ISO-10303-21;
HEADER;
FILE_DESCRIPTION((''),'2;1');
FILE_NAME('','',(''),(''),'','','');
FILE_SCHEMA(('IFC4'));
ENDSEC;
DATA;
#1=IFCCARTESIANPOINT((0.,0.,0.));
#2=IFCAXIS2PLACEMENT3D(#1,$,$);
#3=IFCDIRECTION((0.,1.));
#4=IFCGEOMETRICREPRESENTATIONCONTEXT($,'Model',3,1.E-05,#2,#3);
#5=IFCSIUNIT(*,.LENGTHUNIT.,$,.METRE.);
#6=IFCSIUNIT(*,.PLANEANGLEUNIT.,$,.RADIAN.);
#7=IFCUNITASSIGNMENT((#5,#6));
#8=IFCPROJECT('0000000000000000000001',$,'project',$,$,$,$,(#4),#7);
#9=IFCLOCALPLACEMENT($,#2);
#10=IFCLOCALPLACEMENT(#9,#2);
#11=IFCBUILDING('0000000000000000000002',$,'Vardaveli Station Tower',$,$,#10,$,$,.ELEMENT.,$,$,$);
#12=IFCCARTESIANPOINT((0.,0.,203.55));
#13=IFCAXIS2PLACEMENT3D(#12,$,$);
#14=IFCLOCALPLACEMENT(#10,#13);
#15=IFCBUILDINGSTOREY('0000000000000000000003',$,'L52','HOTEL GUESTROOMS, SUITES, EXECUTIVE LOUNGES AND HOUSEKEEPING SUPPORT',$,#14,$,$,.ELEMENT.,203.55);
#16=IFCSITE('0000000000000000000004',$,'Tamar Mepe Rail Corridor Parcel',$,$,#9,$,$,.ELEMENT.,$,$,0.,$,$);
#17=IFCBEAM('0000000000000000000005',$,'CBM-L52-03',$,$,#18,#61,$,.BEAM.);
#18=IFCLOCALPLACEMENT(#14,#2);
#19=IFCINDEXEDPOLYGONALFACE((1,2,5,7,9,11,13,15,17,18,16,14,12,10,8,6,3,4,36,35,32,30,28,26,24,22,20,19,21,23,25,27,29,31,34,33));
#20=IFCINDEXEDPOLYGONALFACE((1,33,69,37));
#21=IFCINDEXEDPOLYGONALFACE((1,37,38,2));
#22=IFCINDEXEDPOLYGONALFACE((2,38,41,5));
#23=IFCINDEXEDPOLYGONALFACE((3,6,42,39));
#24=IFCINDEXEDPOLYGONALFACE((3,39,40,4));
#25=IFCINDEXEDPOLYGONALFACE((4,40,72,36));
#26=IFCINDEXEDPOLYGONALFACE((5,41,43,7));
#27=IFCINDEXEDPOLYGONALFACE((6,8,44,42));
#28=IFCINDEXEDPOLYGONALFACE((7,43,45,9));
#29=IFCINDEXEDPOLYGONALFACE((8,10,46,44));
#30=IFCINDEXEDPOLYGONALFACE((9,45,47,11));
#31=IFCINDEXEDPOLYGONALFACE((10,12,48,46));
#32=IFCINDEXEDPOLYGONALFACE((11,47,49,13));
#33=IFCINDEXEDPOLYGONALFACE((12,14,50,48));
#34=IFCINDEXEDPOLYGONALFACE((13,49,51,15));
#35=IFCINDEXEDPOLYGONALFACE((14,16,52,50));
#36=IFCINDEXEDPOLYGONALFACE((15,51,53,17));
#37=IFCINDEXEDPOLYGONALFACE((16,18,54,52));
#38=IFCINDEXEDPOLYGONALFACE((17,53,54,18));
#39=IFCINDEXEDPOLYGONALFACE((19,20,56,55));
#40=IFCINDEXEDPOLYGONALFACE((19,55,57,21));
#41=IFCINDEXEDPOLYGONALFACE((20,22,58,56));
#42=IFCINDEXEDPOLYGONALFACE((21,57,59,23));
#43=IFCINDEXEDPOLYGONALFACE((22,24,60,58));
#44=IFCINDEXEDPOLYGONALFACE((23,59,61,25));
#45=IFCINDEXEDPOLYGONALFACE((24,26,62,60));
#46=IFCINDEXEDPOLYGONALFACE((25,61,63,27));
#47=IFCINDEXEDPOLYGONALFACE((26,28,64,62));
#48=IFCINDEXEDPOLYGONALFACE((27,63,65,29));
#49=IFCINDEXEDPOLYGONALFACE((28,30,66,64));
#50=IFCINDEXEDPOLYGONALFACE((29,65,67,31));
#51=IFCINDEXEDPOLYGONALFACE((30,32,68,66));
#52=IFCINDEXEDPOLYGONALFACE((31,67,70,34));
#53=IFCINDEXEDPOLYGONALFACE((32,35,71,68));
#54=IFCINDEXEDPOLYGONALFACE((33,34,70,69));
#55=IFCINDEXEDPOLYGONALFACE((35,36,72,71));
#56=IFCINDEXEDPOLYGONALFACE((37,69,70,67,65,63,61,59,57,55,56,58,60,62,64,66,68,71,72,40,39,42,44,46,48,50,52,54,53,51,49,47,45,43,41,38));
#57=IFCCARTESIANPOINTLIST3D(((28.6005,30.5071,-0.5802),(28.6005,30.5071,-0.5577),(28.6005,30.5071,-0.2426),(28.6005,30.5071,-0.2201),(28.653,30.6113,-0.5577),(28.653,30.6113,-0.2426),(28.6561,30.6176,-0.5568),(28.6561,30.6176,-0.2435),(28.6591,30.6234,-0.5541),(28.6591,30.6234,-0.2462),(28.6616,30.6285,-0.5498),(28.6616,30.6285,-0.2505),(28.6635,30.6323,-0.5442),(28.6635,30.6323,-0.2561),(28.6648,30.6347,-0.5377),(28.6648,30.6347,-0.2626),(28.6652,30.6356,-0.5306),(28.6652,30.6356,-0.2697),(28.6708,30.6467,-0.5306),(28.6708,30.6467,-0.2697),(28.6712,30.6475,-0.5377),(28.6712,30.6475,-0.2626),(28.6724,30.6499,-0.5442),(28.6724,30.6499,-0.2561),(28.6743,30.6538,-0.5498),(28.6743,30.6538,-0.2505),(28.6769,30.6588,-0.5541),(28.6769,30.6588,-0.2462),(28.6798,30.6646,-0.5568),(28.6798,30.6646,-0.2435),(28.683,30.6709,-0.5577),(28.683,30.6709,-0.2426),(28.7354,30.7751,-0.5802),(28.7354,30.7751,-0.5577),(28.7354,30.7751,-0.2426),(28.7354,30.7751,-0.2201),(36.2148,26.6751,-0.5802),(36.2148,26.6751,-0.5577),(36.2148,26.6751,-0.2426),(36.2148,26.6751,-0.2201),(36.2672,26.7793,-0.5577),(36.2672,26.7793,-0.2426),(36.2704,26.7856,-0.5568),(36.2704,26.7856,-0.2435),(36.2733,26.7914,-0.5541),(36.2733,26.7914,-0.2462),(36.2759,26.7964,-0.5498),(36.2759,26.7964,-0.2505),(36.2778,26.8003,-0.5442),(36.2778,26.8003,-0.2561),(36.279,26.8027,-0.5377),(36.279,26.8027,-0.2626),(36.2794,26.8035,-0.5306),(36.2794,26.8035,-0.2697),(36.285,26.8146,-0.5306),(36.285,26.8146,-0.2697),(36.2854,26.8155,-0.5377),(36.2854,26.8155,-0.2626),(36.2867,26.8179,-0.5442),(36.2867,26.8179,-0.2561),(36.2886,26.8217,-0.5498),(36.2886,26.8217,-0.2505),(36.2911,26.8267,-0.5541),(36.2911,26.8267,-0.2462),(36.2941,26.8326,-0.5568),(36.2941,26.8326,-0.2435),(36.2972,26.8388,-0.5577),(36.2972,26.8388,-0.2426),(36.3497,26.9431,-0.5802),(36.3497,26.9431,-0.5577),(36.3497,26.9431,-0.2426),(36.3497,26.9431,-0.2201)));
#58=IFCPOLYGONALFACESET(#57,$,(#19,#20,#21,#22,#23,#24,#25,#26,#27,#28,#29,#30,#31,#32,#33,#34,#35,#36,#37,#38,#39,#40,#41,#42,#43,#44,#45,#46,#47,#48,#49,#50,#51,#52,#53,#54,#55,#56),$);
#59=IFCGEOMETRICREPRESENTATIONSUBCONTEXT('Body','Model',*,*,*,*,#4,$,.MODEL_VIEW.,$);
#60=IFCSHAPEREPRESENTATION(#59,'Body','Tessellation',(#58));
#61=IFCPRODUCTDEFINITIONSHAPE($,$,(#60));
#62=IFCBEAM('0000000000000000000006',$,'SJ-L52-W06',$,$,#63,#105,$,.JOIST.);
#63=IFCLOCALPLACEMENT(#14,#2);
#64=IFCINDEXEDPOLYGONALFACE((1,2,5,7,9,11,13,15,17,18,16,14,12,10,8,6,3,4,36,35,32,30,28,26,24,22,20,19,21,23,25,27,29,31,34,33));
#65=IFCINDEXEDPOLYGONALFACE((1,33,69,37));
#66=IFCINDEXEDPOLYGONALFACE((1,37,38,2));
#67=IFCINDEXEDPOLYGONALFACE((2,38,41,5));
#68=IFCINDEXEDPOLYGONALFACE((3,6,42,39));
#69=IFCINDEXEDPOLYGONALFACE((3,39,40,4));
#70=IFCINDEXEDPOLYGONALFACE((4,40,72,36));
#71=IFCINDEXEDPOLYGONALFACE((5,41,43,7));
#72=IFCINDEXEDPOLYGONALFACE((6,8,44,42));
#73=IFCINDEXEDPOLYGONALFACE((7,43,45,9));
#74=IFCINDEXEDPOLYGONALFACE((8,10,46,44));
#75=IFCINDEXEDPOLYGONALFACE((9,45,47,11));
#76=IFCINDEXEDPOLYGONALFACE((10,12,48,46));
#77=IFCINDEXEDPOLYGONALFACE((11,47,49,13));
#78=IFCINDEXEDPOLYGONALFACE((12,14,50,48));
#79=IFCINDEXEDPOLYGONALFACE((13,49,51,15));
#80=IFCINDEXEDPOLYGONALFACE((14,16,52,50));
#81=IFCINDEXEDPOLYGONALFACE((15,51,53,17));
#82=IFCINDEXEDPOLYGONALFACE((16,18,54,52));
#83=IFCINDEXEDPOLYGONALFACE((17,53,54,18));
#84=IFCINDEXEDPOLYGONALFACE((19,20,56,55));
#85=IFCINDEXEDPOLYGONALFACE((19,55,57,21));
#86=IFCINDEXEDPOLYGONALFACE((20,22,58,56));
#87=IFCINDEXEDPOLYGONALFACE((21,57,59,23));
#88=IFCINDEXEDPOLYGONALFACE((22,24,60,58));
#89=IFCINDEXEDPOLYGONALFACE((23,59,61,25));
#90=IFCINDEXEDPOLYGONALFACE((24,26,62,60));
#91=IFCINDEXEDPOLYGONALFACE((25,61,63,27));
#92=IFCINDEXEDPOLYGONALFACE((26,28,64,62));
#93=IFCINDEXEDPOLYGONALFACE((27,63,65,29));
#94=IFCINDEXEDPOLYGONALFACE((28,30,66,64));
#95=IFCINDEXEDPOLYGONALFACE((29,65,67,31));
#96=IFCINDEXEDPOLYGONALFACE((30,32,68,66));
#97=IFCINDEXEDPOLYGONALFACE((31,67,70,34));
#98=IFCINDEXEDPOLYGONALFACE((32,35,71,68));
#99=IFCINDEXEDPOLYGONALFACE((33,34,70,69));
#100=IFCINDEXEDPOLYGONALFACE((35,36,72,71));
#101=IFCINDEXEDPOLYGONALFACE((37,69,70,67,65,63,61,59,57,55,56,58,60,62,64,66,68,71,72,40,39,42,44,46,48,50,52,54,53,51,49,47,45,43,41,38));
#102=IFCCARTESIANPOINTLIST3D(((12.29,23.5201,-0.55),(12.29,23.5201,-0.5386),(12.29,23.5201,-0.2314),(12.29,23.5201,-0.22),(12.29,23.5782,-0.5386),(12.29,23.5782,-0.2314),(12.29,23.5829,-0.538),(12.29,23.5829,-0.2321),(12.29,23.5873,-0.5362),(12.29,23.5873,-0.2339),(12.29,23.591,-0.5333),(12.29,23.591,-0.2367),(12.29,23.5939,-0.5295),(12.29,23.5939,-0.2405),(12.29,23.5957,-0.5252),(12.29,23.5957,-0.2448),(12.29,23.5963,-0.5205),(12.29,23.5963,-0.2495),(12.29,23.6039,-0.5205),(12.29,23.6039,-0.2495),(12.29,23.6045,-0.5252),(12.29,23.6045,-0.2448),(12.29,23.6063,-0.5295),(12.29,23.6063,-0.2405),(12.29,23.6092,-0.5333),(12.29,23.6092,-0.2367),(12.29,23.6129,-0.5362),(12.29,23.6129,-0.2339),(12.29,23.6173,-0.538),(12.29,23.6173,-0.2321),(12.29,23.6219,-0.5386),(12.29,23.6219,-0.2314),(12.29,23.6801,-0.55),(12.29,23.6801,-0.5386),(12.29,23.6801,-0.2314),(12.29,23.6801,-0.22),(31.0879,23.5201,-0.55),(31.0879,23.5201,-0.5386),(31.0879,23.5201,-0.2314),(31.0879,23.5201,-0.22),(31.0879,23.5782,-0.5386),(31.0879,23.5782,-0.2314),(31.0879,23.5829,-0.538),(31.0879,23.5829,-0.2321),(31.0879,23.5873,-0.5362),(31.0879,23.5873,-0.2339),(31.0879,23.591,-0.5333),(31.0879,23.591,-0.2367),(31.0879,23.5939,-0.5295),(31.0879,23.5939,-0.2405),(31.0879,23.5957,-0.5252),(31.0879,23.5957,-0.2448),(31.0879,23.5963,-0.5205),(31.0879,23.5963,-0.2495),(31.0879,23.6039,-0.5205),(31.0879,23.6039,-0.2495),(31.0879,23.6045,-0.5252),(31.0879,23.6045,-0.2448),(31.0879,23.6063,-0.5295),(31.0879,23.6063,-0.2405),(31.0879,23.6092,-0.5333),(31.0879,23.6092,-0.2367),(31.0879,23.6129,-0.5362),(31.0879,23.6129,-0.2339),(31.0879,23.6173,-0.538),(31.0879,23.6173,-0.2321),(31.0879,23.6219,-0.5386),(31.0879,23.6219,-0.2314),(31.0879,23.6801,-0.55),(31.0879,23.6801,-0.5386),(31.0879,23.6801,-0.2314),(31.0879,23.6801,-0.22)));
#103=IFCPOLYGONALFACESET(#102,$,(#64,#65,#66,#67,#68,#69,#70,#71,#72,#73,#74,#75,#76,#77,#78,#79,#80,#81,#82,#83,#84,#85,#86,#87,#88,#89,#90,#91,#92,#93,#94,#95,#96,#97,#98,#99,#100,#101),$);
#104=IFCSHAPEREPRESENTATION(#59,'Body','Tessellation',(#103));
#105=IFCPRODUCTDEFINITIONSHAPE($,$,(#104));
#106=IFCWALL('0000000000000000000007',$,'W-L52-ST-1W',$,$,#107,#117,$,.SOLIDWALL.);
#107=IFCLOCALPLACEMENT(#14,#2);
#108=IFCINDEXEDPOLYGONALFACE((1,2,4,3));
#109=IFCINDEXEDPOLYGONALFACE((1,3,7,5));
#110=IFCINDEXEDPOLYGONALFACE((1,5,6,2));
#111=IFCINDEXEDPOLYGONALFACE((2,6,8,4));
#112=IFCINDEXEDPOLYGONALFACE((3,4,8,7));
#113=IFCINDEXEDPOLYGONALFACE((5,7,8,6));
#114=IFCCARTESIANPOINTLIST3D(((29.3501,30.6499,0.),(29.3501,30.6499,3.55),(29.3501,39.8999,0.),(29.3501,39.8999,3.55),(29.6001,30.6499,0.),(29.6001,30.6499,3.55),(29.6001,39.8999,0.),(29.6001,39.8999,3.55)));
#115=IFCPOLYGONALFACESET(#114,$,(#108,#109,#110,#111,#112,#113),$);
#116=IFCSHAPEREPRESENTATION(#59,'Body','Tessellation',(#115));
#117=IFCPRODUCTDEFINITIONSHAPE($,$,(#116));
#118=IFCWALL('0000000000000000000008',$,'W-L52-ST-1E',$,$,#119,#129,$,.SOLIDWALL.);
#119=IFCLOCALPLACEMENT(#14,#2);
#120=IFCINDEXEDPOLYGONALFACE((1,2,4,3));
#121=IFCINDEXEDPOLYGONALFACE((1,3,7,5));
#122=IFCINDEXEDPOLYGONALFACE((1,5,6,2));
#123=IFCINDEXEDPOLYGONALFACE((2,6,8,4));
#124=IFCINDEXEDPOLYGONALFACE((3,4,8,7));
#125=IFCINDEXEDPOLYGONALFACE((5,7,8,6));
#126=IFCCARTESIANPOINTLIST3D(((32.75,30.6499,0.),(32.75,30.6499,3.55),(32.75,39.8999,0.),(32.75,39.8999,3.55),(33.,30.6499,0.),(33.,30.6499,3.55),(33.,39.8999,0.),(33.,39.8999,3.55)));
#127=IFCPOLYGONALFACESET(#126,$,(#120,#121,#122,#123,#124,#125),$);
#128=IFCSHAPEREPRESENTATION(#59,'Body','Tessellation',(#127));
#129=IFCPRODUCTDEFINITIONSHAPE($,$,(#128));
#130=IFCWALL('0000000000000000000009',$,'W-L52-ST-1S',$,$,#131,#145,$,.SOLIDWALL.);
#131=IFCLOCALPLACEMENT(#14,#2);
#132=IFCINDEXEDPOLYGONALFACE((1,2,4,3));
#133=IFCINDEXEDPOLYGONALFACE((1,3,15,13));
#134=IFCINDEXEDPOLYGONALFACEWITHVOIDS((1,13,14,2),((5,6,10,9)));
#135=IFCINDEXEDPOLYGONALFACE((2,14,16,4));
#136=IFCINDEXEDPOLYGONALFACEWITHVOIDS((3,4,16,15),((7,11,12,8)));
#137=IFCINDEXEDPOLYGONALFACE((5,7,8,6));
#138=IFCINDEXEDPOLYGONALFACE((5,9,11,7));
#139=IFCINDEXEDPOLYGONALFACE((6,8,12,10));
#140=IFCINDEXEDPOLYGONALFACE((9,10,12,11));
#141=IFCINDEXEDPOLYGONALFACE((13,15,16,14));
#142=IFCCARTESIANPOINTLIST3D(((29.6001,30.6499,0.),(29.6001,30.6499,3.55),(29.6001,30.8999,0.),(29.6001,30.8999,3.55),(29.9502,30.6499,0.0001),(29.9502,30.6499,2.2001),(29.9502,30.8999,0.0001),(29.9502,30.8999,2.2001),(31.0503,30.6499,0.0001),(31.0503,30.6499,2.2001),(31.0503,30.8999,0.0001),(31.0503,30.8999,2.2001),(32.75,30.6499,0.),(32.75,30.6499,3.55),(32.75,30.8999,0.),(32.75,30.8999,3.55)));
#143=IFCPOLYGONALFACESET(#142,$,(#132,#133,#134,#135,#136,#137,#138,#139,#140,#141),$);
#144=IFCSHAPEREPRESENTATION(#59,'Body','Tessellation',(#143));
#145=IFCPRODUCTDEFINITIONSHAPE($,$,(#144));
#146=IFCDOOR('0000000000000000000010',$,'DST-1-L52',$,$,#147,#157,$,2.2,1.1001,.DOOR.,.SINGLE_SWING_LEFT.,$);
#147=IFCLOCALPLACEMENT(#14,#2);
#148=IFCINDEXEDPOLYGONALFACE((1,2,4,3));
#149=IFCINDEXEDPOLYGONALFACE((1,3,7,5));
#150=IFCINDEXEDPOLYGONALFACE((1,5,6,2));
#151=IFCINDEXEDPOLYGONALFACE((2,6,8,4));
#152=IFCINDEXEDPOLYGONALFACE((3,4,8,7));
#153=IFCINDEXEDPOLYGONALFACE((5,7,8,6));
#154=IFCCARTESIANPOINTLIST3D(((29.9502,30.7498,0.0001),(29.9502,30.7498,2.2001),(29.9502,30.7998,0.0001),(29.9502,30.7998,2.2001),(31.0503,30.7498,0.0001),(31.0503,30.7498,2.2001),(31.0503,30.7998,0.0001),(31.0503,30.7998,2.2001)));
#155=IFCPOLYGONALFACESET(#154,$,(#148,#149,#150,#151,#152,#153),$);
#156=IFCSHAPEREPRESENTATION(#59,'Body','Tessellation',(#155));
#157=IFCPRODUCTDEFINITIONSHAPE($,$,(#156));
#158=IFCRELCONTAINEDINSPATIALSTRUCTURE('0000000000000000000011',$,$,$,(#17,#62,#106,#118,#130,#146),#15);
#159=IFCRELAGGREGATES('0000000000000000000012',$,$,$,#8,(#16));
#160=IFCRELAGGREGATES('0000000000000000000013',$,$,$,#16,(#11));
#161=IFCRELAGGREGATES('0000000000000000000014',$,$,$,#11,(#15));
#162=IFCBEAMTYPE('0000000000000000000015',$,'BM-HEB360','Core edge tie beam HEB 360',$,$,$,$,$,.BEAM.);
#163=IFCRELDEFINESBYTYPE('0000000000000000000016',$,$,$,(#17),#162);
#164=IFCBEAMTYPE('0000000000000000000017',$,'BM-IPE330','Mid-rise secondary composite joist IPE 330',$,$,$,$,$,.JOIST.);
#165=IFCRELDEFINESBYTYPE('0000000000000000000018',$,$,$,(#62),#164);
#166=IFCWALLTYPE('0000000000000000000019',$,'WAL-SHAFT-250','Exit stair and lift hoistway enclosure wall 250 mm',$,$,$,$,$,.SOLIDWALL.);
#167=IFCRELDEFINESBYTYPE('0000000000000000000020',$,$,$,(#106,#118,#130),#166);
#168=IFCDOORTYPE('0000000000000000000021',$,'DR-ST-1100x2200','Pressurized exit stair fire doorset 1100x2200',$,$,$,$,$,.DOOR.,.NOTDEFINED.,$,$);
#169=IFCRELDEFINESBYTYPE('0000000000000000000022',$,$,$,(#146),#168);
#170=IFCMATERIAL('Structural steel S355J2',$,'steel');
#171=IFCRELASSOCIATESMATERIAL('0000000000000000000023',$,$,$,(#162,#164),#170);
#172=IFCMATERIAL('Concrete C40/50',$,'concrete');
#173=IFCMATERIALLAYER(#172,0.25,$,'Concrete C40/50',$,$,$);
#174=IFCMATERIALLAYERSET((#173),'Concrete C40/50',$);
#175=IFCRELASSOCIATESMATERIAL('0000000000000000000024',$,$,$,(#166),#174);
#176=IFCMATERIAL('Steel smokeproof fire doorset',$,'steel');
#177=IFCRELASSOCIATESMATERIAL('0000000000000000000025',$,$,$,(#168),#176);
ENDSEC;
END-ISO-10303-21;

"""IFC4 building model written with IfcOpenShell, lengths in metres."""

from ifc_helpers import new_model, si_unit, direction, frame, frame_2d, origin, origin_2d, place, context, subcontext, project, spatial, rectangle, i_section, extrude, source, transform, mapped, material, layer, layer_set, material_profile, profile_set, type_object, element, fill, save


model = new_model("IFC4")

# Units and contexts
model_context = context("Model", 3, precision=1e-05, world=origin(), true_north=direction((0.0, 1.0)))
body_context = subcontext(model_context, "Body", "Model", "MODEL_VIEW")
ifc_project = project(units=[si_unit("LENGTHUNIT", "METRE"), si_unit("PLANEANGLEUNIT", "RADIAN")], contexts=[model_context])

# Site, building, storey
site_placement = place(None, origin())
site = spatial("IfcSite", under=ifc_project, at=site_placement, Name="Tamar Mepe Rail Corridor Parcel", CompositionType="ELEMENT", RefElevation=0.0)
building_placement = place(site_placement, origin())
building = spatial("IfcBuilding", under=site, at=building_placement, Name="Vardaveli Station Tower", CompositionType="ELEMENT")
storey_placement = place(building_placement, frame((0.0, 0.0, 203.55)))
storey = spatial("IfcBuildingStorey", under=building, at=storey_placement, Name="L52", Description="HOTEL GUESTROOMS, SUITES, EXECUTIVE LOUNGES AND HOUSEKEEPING SUPPORT", CompositionType="ELEMENT", Elevation=203.55)

# Beams
ifc_material_1 = material(Name="Structural steel S355J2", Category="steel")
ifc_material_profile_1 = material_profile(ifc_material_1, i_section(OverallWidth=0.3, OverallDepth=0.3601, WebThickness=0.0125, FlangeThickness=0.0225, FilletRadius=0.0271, at=origin_2d()), Name="HEB 360")
ifc_profile_set_1 = profile_set([ifc_material_profile_1], Name="Structural steel S355J2")
beam_type_1 = type_object("IfcBeamType", Name="BM-HEB360", Description="Core edge tie beam HEB 360", PredefinedType="BEAM", material=ifc_profile_set_1)
shared_shape_1 = source(origin(), body_context, "Body", "SweptSolid", [
    extrude(i_section(OverallWidth=0.3, OverallDepth=0.3601, WebThickness=0.0125, FlangeThickness=0.0225, FilletRadius=0.0271, at=origin_2d()), origin(), (0.0, 0.0, 1.0), 8.5242),
])
beam_1_placement = place(storey_placement, frame((28.668, 30.6411, -0.4001), z_axis=(0.893256, -0.449549, 0.0), x_axis=(0.449549, 0.893256, 0.0)))
element("IfcBeam", 1, at=beam_1_placement, inside=storey, type_object=beam_type_1, Name="CBM-L52-03", PredefinedType="BEAM", context=body_context, shape_type="MappedRepresentation", body=[
    mapped(shared_shape_1, transform((0.0, 0.0, 0.0), scale=1.0)),
])
ifc_material_profile_2 = material_profile(ifc_material_1, i_section(OverallWidth=0.1599, OverallDepth=0.3301, WebThickness=0.0076, FlangeThickness=0.0115, FilletRadius=0.0181, at=origin_2d()), Name="IPE 330")
ifc_profile_set_2 = profile_set([ifc_material_profile_2], Name="Structural steel S355J2")
beam_type_2 = type_object("IfcBeamType", Name="BM-IPE330", Description="Mid-rise secondary composite joist IPE 330", PredefinedType="JOIST", material=ifc_profile_set_2)
shared_shape_2 = source(origin(), body_context, "Body", "SweptSolid", [
    extrude(i_section(OverallWidth=0.1599, OverallDepth=0.3301, WebThickness=0.0076, FlangeThickness=0.0115, FilletRadius=0.0181, at=origin_2d()), origin(), (0.0, 0.0, 1.0), 18.7979),
])
beam_2_placement = place(storey_placement, frame((12.29, 23.6001, -0.385), z_axis=(1.0, 0.0, 0.0), x_axis=(0.0, 1.0, 0.0)))
element("IfcBeam", 2, at=beam_2_placement, inside=storey, type_object=beam_type_2, Name="SJ-L52-W06", PredefinedType="JOIST", context=body_context, shape_type="MappedRepresentation", body=[
    mapped(shared_shape_2, transform((0.0, 0.0, 0.0), scale=1.0)),
])

# Walls
ifc_material_2 = material(Name="Concrete C40/50", Category="concrete")
ifc_layer_1 = layer(ifc_material_2, 0.25, Name="Concrete C40/50")
ifc_layer_set_1 = layer_set([ifc_layer_1], Name="Concrete C40/50")
wall_type_1 = type_object("IfcWallType", Name="WAL-SHAFT-250", Description="Exit stair and lift hoistway enclosure wall 250 mm", PredefinedType="SOLIDWALL", material=ifc_layer_set_1)
shared_shape_3 = source(origin(), body_context, "Body", "SweptSolid", [
    extrude(rectangle(XDim=9.25, YDim=0.25, at=frame_2d((4.625, 0.0))), origin(), (0.0, 0.0, 1.0), 3.55),
])
for number, where, z_axis, x_axis, name in (
    (3, (29.4751, 30.6499, 0.0), (0.0, 0.0, 1.0), (0.0, 1.0, 0.0), "W-L52-ST-1W"),
    (4, (32.875, 30.6499, 0.0), (0.0, 0.0, 1.0), (0.0, 1.0, 0.0), "W-L52-ST-1E"),
):
    element("IfcWall", number, at=place(storey_placement, frame(where, z_axis=z_axis, x_axis=x_axis)), inside=storey, type_object=wall_type_1, Name=name, PredefinedType="SOLIDWALL", context=body_context, shape_type="MappedRepresentation", body=[
        mapped(shared_shape_3, transform((0.0, 0.0, 0.0), scale=1.0)),
    ])

# Wall, opening, door
shared_shape_4 = source(origin(), body_context, "Body", "SweptSolid", [
    extrude(rectangle(XDim=3.1499, YDim=0.25, at=frame_2d((1.575, 0.0))), origin(), (0.0, 0.0, 1.0), 3.55),
])
wall_1_placement = place(storey_placement, frame((29.6001, 30.7749, 0.0), z_axis=(0.0, 0.0, 1.0), x_axis=(1.0, 0.0, 0.0)))
wall_1 = element("IfcWall", 5, at=wall_1_placement, inside=storey, type_object=wall_type_1, Name="W-L52-ST-1S", PredefinedType="SOLIDWALL", context=body_context, shape_type="MappedRepresentation", body=[
    mapped(shared_shape_4, transform((0.0, 0.0, 0.0), scale=1.0)),
])
shared_shape_5 = source(origin(), body_context, "Body", "SweptSolid", [
    extrude(rectangle(XDim=1.1001, YDim=2.2, at=frame_2d((0.55, 1.1001))), frame((0.0, 0.135, 0.0), z_axis=(0.0, -1.0, 0.0), x_axis=(1.0, 0.0, 0.0)), (0.0, 0.0, 1.0), 0.27),
])
opening_1_placement = place(wall_1_placement, frame((0.3501, 0.0, 0.0)))
opening_1 = element("IfcOpeningElement", 6, at=opening_1_placement, cuts=wall_1, PredefinedType="OPENING", context=body_context, shape_type="MappedRepresentation", body=[
    mapped(shared_shape_5, transform((0.0, 0.0, 0.0), scale=1.0)),
])
ifc_material_3 = material(Name="Steel smokeproof fire doorset", Category="steel")
door_type_1 = type_object("IfcDoorType", Name="DR-ST-1100x2200", Description="Pressurized exit stair fire doorset 1100x2200", OperationType="NOTDEFINED", PredefinedType="DOOR", material=ifc_material_3)
shared_shape_6 = source(origin(), body_context, "Body", "SweptSolid", [
    extrude(rectangle(XDim=1.1001, YDim=2.2, at=frame_2d((0.55, 1.1001))), frame((0.0, 0.0249, 0.0), z_axis=(0.0, -1.0, 0.0), x_axis=(1.0, 0.0, 0.0)), (0.0, 0.0, 1.0), 0.05),
])
door_1_placement = place(opening_1_placement, origin())
door_1 = element("IfcDoor", 7, at=door_1_placement, inside=storey, type_object=door_type_1, Name="DST-1-L52", OperationType="SINGLE_SWING_LEFT", OverallHeight=2.2, OverallWidth=1.1001, PredefinedType="DOOR", context=body_context, shape_type="MappedRepresentation", body=[
    mapped(shared_shape_6, transform((0.0, 0.0, 0.0), scale=1.0)),
])
fill(opening_1, door_1)

save(model, "model.ifc")
